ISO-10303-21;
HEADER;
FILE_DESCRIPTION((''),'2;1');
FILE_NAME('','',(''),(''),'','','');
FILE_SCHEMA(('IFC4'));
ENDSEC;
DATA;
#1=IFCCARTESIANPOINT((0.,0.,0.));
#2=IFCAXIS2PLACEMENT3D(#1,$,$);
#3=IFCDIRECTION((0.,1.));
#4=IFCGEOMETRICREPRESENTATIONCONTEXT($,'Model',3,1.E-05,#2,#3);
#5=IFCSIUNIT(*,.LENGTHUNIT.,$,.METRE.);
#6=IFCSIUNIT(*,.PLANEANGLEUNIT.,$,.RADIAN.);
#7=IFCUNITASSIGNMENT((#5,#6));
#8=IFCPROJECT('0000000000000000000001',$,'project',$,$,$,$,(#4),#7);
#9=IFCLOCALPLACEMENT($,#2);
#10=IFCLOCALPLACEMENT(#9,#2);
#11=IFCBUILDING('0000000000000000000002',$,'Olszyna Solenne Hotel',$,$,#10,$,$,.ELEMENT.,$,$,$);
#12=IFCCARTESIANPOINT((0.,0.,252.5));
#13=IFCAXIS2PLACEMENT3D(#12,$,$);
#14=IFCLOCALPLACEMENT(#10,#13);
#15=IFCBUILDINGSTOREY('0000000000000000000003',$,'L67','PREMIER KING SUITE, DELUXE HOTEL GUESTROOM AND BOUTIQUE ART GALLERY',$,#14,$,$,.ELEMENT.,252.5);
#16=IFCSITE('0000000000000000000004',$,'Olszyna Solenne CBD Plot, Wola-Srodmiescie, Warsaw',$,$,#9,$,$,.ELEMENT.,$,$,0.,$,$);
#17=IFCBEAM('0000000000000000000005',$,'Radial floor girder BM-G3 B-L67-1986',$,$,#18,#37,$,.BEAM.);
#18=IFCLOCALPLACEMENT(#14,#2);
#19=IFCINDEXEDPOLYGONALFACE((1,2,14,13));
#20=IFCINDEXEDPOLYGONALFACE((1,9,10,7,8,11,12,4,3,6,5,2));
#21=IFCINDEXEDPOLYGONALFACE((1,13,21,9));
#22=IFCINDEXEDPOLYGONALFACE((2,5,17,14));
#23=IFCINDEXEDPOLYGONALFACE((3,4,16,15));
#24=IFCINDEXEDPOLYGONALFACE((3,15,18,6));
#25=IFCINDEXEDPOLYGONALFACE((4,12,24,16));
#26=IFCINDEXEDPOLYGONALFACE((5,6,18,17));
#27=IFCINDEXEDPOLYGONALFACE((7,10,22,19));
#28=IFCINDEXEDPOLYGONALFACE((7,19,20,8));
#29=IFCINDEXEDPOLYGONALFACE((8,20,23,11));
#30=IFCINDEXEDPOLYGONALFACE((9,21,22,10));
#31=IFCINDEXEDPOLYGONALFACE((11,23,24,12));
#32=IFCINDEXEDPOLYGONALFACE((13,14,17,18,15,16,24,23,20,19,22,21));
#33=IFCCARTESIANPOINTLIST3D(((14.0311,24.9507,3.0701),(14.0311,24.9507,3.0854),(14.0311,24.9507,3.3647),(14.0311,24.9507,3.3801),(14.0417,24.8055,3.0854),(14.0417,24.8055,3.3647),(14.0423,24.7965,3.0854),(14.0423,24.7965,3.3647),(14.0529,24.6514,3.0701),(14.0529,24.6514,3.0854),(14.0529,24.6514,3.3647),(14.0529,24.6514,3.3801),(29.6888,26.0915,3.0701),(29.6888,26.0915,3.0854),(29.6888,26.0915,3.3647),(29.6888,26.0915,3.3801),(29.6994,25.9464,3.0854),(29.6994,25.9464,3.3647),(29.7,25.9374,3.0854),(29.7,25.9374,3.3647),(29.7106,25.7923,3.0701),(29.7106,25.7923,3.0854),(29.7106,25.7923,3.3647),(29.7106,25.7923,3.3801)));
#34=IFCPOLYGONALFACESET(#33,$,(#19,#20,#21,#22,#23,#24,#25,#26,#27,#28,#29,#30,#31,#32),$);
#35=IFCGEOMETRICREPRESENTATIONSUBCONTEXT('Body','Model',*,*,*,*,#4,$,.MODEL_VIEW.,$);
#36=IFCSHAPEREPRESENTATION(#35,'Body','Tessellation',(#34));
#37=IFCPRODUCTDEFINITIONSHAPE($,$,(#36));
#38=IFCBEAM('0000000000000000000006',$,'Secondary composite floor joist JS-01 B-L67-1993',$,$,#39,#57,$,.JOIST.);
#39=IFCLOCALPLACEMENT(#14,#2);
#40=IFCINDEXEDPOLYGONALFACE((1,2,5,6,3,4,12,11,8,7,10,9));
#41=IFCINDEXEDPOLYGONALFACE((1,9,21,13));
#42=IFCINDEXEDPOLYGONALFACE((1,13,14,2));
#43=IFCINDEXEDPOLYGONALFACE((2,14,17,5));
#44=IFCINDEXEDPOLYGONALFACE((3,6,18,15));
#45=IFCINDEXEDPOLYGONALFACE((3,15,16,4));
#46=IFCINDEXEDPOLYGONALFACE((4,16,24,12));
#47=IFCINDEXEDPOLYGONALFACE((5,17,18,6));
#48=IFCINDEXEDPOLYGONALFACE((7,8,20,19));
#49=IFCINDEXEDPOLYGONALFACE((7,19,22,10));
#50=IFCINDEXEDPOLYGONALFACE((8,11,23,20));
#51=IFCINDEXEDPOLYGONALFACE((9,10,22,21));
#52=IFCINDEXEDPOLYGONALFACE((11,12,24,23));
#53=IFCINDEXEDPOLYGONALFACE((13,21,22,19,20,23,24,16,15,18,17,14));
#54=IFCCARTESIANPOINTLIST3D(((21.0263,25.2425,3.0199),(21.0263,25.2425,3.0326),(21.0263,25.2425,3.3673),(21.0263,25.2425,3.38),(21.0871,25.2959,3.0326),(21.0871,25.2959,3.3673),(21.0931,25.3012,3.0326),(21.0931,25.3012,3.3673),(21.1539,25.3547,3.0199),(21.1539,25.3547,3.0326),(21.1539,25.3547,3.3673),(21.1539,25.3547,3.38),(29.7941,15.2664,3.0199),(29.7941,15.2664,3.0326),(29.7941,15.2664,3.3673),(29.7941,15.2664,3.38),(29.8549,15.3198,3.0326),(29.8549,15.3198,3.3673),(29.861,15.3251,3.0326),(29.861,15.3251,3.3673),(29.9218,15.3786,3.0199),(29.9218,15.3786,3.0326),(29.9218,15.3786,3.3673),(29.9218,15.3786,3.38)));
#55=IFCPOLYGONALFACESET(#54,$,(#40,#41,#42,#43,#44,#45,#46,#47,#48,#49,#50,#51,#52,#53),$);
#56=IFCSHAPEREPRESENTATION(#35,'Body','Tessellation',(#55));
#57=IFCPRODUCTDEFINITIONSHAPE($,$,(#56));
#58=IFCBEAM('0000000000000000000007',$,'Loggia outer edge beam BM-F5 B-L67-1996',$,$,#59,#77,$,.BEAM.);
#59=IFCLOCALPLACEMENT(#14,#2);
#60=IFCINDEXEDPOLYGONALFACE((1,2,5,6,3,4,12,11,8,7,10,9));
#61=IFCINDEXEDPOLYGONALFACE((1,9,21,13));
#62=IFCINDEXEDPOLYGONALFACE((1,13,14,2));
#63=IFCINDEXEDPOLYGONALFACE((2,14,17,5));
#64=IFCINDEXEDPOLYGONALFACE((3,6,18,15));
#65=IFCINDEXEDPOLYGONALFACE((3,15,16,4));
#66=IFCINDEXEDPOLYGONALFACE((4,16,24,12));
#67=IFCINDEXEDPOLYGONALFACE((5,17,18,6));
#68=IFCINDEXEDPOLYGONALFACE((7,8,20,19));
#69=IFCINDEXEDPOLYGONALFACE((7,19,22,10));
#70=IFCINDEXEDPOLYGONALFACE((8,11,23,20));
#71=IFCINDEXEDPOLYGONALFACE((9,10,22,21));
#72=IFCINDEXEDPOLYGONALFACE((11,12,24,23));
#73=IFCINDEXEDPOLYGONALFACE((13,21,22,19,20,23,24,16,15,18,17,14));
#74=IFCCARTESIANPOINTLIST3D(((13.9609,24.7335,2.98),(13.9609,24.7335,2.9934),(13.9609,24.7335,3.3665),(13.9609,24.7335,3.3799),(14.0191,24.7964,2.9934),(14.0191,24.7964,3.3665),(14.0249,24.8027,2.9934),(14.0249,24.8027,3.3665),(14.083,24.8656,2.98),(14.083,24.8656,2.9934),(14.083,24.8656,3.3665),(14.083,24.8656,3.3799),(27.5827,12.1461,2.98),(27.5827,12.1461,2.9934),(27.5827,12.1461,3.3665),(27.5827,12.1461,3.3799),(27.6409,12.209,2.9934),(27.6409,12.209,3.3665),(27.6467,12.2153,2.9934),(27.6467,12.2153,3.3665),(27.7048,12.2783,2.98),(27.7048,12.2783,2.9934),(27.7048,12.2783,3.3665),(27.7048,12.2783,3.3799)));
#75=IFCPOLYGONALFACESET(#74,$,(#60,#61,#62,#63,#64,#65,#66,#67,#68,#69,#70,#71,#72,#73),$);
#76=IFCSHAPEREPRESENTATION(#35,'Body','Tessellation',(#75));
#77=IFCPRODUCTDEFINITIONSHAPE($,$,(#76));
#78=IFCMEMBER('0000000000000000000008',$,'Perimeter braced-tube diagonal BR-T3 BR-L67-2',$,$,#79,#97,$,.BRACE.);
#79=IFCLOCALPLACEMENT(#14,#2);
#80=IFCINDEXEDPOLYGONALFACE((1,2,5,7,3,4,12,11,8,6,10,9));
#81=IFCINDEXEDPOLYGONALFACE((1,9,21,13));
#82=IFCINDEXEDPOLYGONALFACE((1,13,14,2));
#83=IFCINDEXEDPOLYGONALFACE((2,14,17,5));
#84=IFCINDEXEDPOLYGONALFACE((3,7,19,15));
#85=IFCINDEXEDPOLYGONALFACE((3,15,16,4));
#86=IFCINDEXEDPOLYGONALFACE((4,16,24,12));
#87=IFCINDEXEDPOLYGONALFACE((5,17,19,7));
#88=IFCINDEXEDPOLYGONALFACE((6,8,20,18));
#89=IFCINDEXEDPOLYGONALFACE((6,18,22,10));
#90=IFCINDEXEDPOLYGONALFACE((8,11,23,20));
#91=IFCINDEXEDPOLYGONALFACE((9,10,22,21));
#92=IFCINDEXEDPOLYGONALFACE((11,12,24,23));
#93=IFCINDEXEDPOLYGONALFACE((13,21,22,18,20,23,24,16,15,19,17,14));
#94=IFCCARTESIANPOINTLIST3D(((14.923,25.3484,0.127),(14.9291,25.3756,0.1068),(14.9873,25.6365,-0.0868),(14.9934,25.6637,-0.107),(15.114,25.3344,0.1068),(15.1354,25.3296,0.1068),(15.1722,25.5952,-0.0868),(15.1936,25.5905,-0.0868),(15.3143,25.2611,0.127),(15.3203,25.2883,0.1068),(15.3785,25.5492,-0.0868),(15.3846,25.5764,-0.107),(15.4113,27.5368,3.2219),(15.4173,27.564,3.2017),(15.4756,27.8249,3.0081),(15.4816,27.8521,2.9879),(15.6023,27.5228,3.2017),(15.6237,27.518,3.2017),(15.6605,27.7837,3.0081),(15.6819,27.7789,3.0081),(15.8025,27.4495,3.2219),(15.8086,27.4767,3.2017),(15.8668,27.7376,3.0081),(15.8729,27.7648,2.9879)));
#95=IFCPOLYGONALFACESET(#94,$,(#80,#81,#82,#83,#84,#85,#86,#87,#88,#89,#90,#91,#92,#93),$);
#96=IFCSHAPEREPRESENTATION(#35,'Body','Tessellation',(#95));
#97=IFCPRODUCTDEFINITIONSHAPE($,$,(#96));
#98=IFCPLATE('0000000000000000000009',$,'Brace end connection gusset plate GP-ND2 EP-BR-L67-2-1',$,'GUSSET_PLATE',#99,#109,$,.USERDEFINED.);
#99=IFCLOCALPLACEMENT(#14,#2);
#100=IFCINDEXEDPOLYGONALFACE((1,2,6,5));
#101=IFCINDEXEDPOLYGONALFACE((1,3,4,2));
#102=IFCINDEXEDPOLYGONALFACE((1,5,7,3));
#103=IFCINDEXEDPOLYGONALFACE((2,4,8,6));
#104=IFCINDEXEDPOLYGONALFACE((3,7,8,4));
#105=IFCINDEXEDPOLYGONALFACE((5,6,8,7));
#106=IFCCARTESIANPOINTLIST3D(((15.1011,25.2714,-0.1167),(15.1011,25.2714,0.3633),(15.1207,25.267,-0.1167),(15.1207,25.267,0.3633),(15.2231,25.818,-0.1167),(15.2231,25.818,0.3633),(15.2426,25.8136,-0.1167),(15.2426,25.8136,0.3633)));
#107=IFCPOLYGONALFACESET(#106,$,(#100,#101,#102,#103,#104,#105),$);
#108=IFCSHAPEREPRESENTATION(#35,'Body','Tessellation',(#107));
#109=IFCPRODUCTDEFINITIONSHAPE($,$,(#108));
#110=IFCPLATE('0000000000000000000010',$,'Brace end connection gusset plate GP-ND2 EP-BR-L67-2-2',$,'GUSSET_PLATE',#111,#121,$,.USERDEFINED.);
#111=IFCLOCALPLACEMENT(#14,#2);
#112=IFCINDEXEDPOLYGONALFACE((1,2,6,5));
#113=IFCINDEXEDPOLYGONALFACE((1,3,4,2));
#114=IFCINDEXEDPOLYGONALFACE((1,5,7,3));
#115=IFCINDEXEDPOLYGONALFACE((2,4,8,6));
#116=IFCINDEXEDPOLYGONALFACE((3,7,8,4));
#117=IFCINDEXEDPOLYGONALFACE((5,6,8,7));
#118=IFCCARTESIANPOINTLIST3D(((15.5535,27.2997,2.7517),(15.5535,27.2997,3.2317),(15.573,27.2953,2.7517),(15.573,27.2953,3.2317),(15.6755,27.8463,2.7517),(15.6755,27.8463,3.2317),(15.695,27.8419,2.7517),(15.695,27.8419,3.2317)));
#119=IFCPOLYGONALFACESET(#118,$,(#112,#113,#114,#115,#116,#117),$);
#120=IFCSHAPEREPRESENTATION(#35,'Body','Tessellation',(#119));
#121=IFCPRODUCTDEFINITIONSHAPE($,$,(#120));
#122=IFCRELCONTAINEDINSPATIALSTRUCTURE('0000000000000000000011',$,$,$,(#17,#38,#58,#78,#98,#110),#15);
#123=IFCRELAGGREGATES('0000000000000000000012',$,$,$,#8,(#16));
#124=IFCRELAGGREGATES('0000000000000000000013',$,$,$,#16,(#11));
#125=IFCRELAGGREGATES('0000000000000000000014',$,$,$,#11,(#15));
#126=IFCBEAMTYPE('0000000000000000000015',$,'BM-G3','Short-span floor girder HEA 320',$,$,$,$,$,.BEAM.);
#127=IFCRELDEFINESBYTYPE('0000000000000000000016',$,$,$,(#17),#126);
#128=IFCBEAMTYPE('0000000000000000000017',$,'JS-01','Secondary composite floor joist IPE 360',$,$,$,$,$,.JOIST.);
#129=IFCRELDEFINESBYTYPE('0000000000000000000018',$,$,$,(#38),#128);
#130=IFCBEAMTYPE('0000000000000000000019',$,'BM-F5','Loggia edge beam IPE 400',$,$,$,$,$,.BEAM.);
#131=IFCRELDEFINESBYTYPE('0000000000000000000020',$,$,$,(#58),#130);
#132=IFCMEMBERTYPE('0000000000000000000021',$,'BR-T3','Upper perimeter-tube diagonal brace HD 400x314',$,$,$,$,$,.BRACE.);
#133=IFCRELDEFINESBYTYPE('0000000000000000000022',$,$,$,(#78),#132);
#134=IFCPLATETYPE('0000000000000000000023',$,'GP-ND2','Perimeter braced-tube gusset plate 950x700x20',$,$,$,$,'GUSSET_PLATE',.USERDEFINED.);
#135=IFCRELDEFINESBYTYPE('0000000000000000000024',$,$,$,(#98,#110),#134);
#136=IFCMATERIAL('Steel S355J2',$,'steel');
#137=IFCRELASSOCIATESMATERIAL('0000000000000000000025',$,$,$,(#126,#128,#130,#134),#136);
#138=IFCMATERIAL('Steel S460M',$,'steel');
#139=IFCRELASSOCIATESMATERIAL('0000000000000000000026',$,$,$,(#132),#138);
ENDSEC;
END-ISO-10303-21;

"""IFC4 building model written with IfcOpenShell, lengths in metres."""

from ifc_helpers import new_model, si_unit, direction, frame, origin, origin_2d, place, context, subcontext, project, spatial, rectangle, i_section, extrude, source, transform, mapped, material, material_profile, profile_set, type_object, element, save


model = new_model("IFC4")

# Units and contexts
model_context = context("Model", 3, precision=1e-05, world=origin(), true_north=direction((0.0, 1.0)))
body_context = subcontext(model_context, "Body", "Model", "MODEL_VIEW")
ifc_project = project(units=[si_unit("LENGTHUNIT", "METRE"), si_unit("PLANEANGLEUNIT", "RADIAN")], contexts=[model_context])

# Site, building, storey
site_placement = place(None, origin())
site = spatial("IfcSite", under=ifc_project, at=site_placement, Name="Olszyna Solenne CBD Plot, Wola-Srodmiescie, Warsaw", CompositionType="ELEMENT", RefElevation=0.0)
building_placement = place(site_placement, origin())
building = spatial("IfcBuilding", under=site, at=building_placement, Name="Olszyna Solenne Hotel", CompositionType="ELEMENT")
storey_placement = place(building_placement, frame((0.0, 0.0, 252.5)))
storey = spatial("IfcBuildingStorey", under=building, at=storey_placement, Name="L67", Description="PREMIER KING SUITE, DELUXE HOTEL GUESTROOM AND BOUTIQUE ART GALLERY", CompositionType="ELEMENT", Elevation=252.5)

# Shared definitions
ifc_material_1 = material(Name="Steel S460M", Category="steel")

# Beams
ifc_material_2 = material(Name="Steel S355J2", Category="steel")
ifc_material_profile_1 = material_profile(ifc_material_2, i_section(OverallWidth=0.3, OverallDepth=0.3101, WebThickness=0.009, FlangeThickness=0.0154, at=origin_2d()), Name="HEA 320", Category="load-bearing")
ifc_profile_set_1 = profile_set([ifc_material_profile_1], Name="Steel S355J2")
beam_type_1 = type_object("IfcBeamType", Name="BM-G3", Description="Short-span floor girder HEA 320", PredefinedType="BEAM", material=ifc_profile_set_1)
shared_shape_1 = source(origin(), body_context, "Body", "SweptSolid", [
    extrude(i_section(OverallWidth=0.3, OverallDepth=0.3101, WebThickness=0.009, FlangeThickness=0.0154, at=origin_2d()), origin(), (0.0, 0.0, 1.0), 15.6992),
])
beam_1_placement = place(storey_placement, frame((14.042, 24.801, 3.2251), z_axis=(0.997356, 0.07267, 0.0), x_axis=(-0.07267, 0.997356, 0.0)))
element("IfcBeam", 1, at=beam_1_placement, inside=storey, type_object=beam_type_1, Name="Radial floor girder BM-G3 B-L67-1986", PredefinedType="BEAM", context=body_context, shape_type="MappedRepresentation", body=[
    mapped(shared_shape_1, transform((0.0, 0.0, 0.0), x_axis=(1.0, 0.0, 0.0), y_axis=(0.0, 1.0, 0.0), z_axis=(0.0, 0.0, 1.0), scale=1.0)),
])
ifc_material_profile_2 = material_profile(ifc_material_2, i_section(OverallWidth=0.1699, OverallDepth=0.3601, WebThickness=0.0081, FlangeThickness=0.0127, at=origin_2d()), Name="IPE 360", Category="load-bearing")
ifc_profile_set_2 = profile_set([ifc_material_profile_2], Name="Steel S355J2")
beam_type_2 = type_object("IfcBeamType", Name="JS-01", Description="Secondary composite floor joist IPE 360", PredefinedType="JOIST", material=ifc_profile_set_2)
shared_shape_2 = source(origin(), body_context, "Body", "SweptSolid", [
    extrude(i_section(OverallWidth=0.1699, OverallDepth=0.3601, WebThickness=0.0081, FlangeThickness=0.0127, at=origin_2d()), origin(), (0.0, 0.0, 1.0), 13.2815),
])
beam_2_placement = place(storey_placement, frame((21.0901, 25.2986, 3.2), z_axis=(0.660156, -0.751129, 0.0), x_axis=(0.751129, 0.660156, 0.0)))
element("IfcBeam", 2, at=beam_2_placement, inside=storey, type_object=beam_type_2, Name="Secondary composite floor joist JS-01 B-L67-1993", PredefinedType="JOIST", context=body_context, shape_type="MappedRepresentation", body=[
    mapped(shared_shape_2, transform((0.0, 0.0, 0.0), x_axis=(1.0, 0.0, 0.0), y_axis=(0.0, 1.0, 0.0), z_axis=(0.0, 0.0, 1.0), scale=1.0)),
])
ifc_material_profile_3 = material_profile(ifc_material_2, i_section(OverallWidth=0.1799, OverallDepth=0.3999, WebThickness=0.0085, FlangeThickness=0.0134, at=origin_2d()), Name="IPE 400", Category="load-bearing")
ifc_profile_set_3 = profile_set([ifc_material_profile_3], Name="Steel S355J2")
beam_type_3 = type_object("IfcBeamType", Name="BM-F5", Description="Loggia edge beam IPE 400", PredefinedType="BEAM", material=ifc_profile_set_3)
shared_shape_3 = source(origin(), body_context, "Body", "SweptSolid", [
    extrude(i_section(OverallWidth=0.1799, OverallDepth=0.3999, WebThickness=0.0085, FlangeThickness=0.0134, at=origin_2d()), origin(), (0.0, 0.0, 1.0), 18.5471),
])
beam_3_placement = place(storey_placement, frame((14.022, 24.7996, 3.1799), z_axis=(0.734443, -0.67867, 0.0), x_axis=(0.67867, 0.734443, 0.0)))
element("IfcBeam", 3, at=beam_3_placement, inside=storey, type_object=beam_type_3, Name="Loggia outer edge beam BM-F5 B-L67-1996", PredefinedType="BEAM", context=body_context, shape_type="MappedRepresentation", body=[
    mapped(shared_shape_3, transform((0.0, 0.0, 0.0), x_axis=(1.0, 0.0, 0.0), y_axis=(0.0, 1.0, 0.0), z_axis=(0.0, 0.0, 1.0), scale=1.0)),
])

# Member
ifc_material_profile_4 = material_profile(ifc_material_1, i_section(OverallWidth=0.4009, OverallDepth=0.3989, WebThickness=0.022, FlangeThickness=0.0344, at=origin_2d()), Name="HD 400x314", Category="load-bearing")
ifc_profile_set_4 = profile_set([ifc_material_profile_4], Name="Steel S460M")
member_type = type_object("IfcMemberType", Name="BR-T3", Description="Upper perimeter-tube diagonal brace HD 400x314", PredefinedType="BRACE", material=ifc_profile_set_4)
shared_shape_4 = source(origin(), body_context, "Body", "SweptSolid", [
    extrude(i_section(OverallWidth=0.4009, OverallDepth=0.3989, WebThickness=0.022, FlangeThickness=0.0344, at=origin_2d()), origin(), (0.0, 0.0, 1.0), 3.8218),
])
member_placement = place(storey_placement, frame((15.1538, 25.4624, 0.01), z_axis=(0.12776, 0.572619, 0.809805), x_axis=(-0.976002, 0.21776, 0.0)))
element("IfcMember", 4, at=member_placement, inside=storey, type_object=member_type, Name="Perimeter braced-tube diagonal BR-T3 BR-L67-2", PredefinedType="BRACE", context=body_context, shape_type="MappedRepresentation", body=[
    mapped(shared_shape_4, transform((0.0, 0.0, 0.0), x_axis=(1.0, 0.0, 0.0), y_axis=(0.0, 1.0, 0.0), z_axis=(0.0, 0.0, 1.0), scale=1.0)),
])

# Plates
plate_type = type_object("IfcPlateType", Name="GP-ND2", Description="Perimeter braced-tube gusset plate 950x700x20", ElementType="GUSSET_PLATE", PredefinedType="USERDEFINED", material=ifc_material_2)
shared_shape_5 = source(origin(), body_context, "Body", "SweptSolid", [
    extrude(rectangle(XDim=0.5601, YDim=0.02, at=origin_2d()), origin(), (0.0, 0.0, 1.0), 0.48),
])
for number, where, z_axis, x_axis, name in (
    (5, (15.1719, 25.5425, -0.1167), (0.0, 0.0, 1.0), (0.217803, 0.975993, 0.0), "Brace end connection gusset plate GP-ND2 EP-BR-L67-2-1"),
    (6, (15.6243, 27.5708, 2.7517), (0.0, 0.0, 1.0), (0.217803, 0.975993, 0.0), "Brace end connection gusset plate GP-ND2 EP-BR-L67-2-2"),
):
    element("IfcPlate", number, at=place(storey_placement, frame(where, z_axis=z_axis, x_axis=x_axis)), inside=storey, type_object=plate_type, Name=name, ObjectType="GUSSET_PLATE", PredefinedType="USERDEFINED", context=body_context, shape_type="MappedRepresentation", body=[
        mapped(shared_shape_5, transform((0.0, 0.0, 0.0), x_axis=(1.0, 0.0, 0.0), y_axis=(0.0, 1.0, 0.0), z_axis=(0.0, 0.0, 1.0), scale=1.0)),
    ])

save(model, "model.ifc")
